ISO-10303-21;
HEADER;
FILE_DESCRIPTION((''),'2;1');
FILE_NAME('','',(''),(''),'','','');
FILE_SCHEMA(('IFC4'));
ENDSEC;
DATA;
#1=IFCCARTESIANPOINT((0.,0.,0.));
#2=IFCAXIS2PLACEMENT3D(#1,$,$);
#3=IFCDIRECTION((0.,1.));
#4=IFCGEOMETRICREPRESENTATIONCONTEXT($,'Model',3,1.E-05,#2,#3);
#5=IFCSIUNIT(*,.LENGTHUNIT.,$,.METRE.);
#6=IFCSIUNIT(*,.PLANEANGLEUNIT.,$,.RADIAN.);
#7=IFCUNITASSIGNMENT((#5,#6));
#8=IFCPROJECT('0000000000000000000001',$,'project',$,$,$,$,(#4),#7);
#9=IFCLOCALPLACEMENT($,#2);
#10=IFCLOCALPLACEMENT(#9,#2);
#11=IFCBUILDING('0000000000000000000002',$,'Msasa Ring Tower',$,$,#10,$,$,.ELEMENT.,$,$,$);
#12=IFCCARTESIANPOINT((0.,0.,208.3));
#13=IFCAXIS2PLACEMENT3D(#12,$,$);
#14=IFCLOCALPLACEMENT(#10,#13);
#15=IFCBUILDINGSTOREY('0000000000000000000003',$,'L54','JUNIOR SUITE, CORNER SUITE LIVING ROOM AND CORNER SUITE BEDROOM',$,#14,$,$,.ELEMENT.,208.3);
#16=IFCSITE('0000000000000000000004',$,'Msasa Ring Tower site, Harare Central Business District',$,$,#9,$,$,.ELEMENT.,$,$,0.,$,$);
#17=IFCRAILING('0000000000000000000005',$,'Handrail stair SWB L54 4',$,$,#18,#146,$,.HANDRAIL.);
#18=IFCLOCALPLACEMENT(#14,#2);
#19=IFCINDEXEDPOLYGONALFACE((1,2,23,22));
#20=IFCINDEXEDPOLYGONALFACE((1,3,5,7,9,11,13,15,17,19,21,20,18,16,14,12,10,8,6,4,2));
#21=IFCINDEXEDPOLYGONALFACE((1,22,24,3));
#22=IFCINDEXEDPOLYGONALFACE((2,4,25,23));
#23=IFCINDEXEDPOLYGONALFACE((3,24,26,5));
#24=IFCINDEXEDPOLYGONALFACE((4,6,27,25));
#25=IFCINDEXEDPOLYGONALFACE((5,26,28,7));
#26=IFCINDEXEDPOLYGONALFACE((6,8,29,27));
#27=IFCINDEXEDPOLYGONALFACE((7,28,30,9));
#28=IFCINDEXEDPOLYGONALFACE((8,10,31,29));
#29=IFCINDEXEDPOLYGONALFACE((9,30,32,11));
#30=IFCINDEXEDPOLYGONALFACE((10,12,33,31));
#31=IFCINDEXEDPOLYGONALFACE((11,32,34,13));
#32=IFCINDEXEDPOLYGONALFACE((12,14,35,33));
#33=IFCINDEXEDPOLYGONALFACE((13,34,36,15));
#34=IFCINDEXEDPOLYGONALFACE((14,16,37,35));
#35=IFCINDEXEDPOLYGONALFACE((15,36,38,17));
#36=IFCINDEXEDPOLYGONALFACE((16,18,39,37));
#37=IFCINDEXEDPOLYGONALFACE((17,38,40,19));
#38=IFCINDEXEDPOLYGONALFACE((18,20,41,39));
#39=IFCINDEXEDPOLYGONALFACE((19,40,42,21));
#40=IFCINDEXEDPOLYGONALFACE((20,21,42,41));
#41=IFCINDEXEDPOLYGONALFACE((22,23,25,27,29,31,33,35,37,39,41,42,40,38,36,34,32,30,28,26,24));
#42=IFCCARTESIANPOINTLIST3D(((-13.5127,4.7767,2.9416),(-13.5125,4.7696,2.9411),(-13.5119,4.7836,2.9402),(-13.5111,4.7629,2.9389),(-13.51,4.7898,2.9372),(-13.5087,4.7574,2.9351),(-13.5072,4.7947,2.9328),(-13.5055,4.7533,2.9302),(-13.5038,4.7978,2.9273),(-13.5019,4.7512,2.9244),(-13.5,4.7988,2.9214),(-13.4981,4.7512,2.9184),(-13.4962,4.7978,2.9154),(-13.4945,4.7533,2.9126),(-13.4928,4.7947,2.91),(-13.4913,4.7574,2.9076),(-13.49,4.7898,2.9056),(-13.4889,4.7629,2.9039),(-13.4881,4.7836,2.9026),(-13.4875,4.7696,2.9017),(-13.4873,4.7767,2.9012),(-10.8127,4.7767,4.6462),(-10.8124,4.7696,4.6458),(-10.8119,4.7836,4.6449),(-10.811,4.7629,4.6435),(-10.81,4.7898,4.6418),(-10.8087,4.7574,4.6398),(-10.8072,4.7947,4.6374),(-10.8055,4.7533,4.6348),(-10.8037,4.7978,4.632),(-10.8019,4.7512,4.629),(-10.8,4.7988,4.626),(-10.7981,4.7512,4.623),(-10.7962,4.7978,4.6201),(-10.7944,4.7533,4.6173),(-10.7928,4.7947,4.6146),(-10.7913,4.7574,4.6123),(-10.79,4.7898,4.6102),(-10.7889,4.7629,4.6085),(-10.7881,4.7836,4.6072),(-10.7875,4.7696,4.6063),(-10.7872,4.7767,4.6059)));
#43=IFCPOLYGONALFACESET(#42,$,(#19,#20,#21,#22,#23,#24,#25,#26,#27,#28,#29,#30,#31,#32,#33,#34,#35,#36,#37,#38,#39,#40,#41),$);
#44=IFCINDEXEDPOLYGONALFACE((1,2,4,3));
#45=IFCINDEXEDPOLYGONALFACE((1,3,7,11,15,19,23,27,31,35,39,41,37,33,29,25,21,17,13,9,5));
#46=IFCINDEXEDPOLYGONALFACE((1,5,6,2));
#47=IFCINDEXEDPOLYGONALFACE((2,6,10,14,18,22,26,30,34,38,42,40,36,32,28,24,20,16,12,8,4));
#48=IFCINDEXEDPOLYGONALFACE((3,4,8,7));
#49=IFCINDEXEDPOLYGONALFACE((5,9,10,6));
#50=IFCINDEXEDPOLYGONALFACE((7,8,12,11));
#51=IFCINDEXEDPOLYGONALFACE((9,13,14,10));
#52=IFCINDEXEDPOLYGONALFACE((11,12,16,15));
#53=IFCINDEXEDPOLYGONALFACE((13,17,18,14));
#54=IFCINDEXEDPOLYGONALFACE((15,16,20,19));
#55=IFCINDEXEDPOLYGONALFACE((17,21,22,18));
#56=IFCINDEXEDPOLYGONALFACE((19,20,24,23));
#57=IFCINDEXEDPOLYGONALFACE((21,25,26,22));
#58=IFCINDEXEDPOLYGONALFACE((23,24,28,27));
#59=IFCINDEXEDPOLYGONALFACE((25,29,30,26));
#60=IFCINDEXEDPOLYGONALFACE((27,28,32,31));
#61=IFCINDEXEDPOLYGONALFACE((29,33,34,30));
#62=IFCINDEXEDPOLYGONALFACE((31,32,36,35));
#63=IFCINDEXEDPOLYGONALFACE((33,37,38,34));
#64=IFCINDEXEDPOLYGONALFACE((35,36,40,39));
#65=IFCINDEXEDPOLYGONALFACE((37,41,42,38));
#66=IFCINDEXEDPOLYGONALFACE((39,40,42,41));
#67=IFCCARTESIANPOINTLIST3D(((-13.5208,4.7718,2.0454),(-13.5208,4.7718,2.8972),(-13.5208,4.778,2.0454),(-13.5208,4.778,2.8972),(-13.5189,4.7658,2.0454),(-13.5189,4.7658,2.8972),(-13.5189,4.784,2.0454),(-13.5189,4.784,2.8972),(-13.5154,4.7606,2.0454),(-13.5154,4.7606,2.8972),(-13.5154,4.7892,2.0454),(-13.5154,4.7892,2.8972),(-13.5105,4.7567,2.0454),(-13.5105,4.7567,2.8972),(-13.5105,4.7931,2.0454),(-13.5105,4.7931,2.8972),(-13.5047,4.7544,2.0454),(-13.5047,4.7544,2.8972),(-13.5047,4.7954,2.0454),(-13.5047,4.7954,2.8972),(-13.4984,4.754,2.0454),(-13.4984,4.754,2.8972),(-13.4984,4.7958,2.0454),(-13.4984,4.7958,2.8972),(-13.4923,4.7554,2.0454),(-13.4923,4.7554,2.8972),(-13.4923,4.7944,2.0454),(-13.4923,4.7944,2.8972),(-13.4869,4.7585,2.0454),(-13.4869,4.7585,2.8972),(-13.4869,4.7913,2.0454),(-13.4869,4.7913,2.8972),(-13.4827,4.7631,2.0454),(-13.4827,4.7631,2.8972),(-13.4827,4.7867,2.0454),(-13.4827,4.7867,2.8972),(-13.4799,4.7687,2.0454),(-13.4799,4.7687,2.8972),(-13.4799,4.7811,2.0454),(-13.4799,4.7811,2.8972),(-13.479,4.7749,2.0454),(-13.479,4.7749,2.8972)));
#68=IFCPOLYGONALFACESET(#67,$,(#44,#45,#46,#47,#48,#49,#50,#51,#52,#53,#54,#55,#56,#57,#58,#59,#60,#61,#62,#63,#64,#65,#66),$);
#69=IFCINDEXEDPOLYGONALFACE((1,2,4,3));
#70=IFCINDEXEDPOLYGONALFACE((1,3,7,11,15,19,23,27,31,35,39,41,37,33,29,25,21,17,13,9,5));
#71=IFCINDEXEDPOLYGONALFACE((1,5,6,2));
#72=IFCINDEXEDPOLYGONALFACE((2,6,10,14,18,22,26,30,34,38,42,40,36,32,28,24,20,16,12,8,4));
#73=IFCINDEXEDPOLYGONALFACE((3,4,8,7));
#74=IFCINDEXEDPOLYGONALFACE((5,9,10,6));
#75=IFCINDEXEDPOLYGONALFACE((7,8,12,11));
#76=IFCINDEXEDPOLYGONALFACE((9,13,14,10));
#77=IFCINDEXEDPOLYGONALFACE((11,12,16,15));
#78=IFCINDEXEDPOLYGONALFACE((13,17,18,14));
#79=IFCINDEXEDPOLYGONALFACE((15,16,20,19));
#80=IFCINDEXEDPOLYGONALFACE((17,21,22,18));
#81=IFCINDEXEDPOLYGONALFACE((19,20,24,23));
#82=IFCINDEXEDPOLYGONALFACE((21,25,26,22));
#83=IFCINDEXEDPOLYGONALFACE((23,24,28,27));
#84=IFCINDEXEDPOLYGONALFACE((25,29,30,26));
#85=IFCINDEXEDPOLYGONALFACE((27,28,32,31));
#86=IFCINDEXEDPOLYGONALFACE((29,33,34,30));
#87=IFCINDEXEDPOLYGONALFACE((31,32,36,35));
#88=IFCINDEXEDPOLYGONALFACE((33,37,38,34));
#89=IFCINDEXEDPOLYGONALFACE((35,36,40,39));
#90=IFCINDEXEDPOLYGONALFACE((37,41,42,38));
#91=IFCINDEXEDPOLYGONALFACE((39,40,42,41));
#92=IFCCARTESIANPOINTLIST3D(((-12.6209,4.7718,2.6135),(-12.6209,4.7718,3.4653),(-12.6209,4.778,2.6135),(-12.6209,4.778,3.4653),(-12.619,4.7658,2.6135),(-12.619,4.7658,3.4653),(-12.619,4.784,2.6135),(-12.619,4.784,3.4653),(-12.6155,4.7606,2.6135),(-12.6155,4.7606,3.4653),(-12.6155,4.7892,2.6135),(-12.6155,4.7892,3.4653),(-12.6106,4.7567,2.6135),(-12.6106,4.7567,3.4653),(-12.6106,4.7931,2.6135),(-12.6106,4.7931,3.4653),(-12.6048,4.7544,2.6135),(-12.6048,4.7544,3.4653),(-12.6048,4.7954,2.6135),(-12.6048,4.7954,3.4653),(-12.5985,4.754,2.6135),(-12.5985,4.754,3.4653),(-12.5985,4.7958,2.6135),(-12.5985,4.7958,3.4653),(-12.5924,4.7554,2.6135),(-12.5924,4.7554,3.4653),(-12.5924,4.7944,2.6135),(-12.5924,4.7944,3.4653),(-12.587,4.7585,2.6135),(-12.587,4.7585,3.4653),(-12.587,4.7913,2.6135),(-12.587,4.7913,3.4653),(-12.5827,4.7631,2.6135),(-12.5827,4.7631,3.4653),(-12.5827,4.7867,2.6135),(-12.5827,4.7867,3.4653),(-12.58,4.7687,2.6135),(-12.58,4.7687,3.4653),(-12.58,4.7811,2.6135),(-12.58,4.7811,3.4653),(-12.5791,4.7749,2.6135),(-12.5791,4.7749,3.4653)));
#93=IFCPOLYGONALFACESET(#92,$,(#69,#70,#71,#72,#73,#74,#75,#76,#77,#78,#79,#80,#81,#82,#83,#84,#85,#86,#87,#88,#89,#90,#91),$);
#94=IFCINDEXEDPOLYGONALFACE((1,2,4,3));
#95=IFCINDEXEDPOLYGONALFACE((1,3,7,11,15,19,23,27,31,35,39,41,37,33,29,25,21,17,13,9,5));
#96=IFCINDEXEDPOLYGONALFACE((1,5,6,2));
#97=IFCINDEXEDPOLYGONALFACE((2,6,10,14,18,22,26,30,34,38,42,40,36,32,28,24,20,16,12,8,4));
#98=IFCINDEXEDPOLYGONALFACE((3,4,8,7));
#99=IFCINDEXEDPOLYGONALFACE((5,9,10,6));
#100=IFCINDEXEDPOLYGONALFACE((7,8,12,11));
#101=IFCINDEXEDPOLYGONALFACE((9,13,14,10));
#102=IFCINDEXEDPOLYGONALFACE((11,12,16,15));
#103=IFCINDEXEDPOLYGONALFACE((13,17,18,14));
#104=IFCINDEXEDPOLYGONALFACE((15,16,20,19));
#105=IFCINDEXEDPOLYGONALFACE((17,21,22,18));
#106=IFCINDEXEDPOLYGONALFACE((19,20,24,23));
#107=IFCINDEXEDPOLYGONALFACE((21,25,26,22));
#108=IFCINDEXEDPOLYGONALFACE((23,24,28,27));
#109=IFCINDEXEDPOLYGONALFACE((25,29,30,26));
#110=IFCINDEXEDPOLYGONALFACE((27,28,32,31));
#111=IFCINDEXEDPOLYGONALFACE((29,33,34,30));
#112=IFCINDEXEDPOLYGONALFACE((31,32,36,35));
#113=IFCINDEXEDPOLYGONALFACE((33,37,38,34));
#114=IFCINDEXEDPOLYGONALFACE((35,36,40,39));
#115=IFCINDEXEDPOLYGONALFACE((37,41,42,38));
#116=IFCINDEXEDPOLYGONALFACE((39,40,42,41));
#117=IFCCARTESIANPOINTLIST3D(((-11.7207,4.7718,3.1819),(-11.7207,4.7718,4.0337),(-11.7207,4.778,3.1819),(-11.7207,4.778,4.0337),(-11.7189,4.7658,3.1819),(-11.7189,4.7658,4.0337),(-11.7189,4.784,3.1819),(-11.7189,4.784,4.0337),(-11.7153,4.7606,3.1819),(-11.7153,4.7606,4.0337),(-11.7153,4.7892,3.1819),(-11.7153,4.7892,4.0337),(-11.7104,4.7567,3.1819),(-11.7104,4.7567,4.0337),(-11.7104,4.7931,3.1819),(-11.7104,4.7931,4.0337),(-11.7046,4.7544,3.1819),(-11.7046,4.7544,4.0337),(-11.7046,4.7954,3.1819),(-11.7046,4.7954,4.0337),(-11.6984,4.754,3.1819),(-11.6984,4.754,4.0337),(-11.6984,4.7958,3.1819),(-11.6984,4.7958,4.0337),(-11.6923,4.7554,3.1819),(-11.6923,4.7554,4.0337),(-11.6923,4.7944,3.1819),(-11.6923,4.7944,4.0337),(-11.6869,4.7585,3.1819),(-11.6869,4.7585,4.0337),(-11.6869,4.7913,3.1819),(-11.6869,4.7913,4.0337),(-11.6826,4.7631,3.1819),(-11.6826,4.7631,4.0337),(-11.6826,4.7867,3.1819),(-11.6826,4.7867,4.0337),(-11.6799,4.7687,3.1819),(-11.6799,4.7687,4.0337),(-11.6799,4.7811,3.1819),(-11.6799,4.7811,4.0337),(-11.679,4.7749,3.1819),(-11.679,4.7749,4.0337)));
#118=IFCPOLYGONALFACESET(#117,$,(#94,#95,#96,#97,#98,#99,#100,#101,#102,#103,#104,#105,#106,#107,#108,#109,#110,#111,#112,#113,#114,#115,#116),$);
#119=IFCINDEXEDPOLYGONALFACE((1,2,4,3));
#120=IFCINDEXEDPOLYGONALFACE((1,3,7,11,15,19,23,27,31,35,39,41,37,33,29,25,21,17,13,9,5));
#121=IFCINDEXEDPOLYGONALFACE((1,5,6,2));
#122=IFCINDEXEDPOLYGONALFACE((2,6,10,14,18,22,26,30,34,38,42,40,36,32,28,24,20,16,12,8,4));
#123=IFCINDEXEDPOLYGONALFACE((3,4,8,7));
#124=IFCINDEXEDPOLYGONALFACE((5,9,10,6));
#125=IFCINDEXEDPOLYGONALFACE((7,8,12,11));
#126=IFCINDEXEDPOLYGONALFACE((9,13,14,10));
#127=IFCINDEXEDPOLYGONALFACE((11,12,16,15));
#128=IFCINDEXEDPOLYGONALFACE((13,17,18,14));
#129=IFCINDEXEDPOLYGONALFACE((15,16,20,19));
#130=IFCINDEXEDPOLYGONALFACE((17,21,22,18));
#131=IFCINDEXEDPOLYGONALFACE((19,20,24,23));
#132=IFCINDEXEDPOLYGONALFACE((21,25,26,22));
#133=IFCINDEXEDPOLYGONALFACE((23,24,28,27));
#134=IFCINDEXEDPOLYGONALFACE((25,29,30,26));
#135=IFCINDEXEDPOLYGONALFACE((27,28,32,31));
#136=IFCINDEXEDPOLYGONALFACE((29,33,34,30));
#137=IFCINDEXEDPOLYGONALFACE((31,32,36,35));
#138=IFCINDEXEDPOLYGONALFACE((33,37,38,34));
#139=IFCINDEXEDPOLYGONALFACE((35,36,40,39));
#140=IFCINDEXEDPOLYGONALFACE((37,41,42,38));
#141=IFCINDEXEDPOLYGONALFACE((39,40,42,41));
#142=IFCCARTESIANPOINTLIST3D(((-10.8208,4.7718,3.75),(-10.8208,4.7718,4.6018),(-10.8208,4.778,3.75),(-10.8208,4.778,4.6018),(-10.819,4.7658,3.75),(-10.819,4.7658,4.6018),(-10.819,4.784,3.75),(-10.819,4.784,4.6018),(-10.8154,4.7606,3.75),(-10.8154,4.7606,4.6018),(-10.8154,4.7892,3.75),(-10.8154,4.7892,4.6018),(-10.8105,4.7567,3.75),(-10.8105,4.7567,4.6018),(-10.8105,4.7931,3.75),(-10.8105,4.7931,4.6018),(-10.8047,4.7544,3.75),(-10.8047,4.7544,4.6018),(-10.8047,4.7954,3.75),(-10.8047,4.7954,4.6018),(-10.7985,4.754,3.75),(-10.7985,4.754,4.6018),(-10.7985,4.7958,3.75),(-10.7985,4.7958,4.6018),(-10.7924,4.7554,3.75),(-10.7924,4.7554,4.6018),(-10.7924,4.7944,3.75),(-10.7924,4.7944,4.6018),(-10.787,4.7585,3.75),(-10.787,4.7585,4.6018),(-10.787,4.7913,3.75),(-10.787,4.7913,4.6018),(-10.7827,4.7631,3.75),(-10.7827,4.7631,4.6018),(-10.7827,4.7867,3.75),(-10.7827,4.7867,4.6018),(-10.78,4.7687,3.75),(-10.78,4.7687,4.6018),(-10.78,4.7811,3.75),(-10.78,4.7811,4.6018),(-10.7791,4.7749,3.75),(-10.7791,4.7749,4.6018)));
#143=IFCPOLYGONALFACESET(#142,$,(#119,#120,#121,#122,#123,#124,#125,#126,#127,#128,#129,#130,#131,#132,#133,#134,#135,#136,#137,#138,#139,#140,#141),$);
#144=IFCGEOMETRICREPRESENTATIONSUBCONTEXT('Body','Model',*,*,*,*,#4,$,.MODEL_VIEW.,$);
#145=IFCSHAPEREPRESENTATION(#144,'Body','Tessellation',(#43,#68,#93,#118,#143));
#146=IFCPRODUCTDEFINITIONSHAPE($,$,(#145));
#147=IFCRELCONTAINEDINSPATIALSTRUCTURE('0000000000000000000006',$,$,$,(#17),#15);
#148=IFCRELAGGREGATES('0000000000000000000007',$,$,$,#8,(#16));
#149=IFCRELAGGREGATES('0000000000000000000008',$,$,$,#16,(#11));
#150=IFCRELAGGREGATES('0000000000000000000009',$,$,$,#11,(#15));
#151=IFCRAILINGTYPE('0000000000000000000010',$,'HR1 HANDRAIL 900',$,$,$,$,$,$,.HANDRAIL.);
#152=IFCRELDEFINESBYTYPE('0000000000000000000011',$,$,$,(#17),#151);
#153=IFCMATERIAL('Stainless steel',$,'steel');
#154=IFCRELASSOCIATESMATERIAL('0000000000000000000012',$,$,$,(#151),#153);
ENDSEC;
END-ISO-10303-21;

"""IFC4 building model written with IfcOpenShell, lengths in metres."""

from ifc_helpers import new_model, si_unit, direction, frame, origin, origin_2d, place, context, subcontext, project, spatial, circle, extrude, material, type_object, element, save


model = new_model("IFC4")

# Units and contexts
model_context = context("Model", 3, precision=1e-05, world=origin(), true_north=direction((0.0, 1.0)))
body_context = subcontext(model_context, "Body", "Model", "MODEL_VIEW")
ifc_project = project(units=[si_unit("LENGTHUNIT", "METRE"), si_unit("PLANEANGLEUNIT", "RADIAN")], contexts=[model_context])

# Site, building, storey
site_placement = place(None, origin())
site = spatial("IfcSite", under=ifc_project, at=site_placement, Name="Msasa Ring Tower site, Harare Central Business District", CompositionType="ELEMENT", RefElevation=0.0)
building_placement = place(site_placement, origin())
building = spatial("IfcBuilding", under=site, at=building_placement, Name="Msasa Ring Tower", CompositionType="ELEMENT")
storey_placement = place(building_placement, frame((0.0, 0.0, 208.3)))
storey = spatial("IfcBuildingStorey", under=building, at=storey_placement, Name="L54", Description="JUNIOR SUITE, CORNER SUITE LIVING ROOM AND CORNER SUITE BEDROOM", CompositionType="ELEMENT", Elevation=208.3)

# Railing
ifc_material_1 = material(Name="Stainless steel", Category="steel")
railing_type = type_object("IfcRailingType", Name="HR1 HANDRAIL 900", PredefinedType="HANDRAIL", material=ifc_material_1)
for number, where, name in (
    (1, (-13.5, 4.7749, 2.0454), "Handrail stair SWB L54 4"),
):
    element("IfcRailing", number, at=place(storey_placement, frame(where)), inside=storey, type_object=railing_type, Name=name, PredefinedType="HANDRAIL", context=body_context, shape_type="SweptSolid", body=[
        extrude(circle(Radius=0.0239, at=origin_2d()), frame((0.0, 0.0, 0.876), z_axis=(0.84558, 0.0, 0.533849), x_axis=(0.0, 1.0, 0.0)), (0.0, 0.0, 1.0), 3.1931),
        extrude(circle(Radius=0.021, at=origin_2d()), origin(), (0.0, 0.0, 1.0), 0.8518),
        extrude(circle(Radius=0.021, at=origin_2d()), frame((0.8999, 0.0, 0.5681)), (0.0, 0.0, 1.0), 0.8518),
        extrude(circle(Radius=0.021, at=origin_2d()), frame((1.8, 0.0, 1.1365)), (0.0, 0.0, 1.0), 0.8518),
        extrude(circle(Radius=0.021, at=origin_2d()), frame((2.7, 0.0, 1.7046)), (0.0, 0.0, 1.0), 0.8518),
    ])

save(model, "model.ifc")
